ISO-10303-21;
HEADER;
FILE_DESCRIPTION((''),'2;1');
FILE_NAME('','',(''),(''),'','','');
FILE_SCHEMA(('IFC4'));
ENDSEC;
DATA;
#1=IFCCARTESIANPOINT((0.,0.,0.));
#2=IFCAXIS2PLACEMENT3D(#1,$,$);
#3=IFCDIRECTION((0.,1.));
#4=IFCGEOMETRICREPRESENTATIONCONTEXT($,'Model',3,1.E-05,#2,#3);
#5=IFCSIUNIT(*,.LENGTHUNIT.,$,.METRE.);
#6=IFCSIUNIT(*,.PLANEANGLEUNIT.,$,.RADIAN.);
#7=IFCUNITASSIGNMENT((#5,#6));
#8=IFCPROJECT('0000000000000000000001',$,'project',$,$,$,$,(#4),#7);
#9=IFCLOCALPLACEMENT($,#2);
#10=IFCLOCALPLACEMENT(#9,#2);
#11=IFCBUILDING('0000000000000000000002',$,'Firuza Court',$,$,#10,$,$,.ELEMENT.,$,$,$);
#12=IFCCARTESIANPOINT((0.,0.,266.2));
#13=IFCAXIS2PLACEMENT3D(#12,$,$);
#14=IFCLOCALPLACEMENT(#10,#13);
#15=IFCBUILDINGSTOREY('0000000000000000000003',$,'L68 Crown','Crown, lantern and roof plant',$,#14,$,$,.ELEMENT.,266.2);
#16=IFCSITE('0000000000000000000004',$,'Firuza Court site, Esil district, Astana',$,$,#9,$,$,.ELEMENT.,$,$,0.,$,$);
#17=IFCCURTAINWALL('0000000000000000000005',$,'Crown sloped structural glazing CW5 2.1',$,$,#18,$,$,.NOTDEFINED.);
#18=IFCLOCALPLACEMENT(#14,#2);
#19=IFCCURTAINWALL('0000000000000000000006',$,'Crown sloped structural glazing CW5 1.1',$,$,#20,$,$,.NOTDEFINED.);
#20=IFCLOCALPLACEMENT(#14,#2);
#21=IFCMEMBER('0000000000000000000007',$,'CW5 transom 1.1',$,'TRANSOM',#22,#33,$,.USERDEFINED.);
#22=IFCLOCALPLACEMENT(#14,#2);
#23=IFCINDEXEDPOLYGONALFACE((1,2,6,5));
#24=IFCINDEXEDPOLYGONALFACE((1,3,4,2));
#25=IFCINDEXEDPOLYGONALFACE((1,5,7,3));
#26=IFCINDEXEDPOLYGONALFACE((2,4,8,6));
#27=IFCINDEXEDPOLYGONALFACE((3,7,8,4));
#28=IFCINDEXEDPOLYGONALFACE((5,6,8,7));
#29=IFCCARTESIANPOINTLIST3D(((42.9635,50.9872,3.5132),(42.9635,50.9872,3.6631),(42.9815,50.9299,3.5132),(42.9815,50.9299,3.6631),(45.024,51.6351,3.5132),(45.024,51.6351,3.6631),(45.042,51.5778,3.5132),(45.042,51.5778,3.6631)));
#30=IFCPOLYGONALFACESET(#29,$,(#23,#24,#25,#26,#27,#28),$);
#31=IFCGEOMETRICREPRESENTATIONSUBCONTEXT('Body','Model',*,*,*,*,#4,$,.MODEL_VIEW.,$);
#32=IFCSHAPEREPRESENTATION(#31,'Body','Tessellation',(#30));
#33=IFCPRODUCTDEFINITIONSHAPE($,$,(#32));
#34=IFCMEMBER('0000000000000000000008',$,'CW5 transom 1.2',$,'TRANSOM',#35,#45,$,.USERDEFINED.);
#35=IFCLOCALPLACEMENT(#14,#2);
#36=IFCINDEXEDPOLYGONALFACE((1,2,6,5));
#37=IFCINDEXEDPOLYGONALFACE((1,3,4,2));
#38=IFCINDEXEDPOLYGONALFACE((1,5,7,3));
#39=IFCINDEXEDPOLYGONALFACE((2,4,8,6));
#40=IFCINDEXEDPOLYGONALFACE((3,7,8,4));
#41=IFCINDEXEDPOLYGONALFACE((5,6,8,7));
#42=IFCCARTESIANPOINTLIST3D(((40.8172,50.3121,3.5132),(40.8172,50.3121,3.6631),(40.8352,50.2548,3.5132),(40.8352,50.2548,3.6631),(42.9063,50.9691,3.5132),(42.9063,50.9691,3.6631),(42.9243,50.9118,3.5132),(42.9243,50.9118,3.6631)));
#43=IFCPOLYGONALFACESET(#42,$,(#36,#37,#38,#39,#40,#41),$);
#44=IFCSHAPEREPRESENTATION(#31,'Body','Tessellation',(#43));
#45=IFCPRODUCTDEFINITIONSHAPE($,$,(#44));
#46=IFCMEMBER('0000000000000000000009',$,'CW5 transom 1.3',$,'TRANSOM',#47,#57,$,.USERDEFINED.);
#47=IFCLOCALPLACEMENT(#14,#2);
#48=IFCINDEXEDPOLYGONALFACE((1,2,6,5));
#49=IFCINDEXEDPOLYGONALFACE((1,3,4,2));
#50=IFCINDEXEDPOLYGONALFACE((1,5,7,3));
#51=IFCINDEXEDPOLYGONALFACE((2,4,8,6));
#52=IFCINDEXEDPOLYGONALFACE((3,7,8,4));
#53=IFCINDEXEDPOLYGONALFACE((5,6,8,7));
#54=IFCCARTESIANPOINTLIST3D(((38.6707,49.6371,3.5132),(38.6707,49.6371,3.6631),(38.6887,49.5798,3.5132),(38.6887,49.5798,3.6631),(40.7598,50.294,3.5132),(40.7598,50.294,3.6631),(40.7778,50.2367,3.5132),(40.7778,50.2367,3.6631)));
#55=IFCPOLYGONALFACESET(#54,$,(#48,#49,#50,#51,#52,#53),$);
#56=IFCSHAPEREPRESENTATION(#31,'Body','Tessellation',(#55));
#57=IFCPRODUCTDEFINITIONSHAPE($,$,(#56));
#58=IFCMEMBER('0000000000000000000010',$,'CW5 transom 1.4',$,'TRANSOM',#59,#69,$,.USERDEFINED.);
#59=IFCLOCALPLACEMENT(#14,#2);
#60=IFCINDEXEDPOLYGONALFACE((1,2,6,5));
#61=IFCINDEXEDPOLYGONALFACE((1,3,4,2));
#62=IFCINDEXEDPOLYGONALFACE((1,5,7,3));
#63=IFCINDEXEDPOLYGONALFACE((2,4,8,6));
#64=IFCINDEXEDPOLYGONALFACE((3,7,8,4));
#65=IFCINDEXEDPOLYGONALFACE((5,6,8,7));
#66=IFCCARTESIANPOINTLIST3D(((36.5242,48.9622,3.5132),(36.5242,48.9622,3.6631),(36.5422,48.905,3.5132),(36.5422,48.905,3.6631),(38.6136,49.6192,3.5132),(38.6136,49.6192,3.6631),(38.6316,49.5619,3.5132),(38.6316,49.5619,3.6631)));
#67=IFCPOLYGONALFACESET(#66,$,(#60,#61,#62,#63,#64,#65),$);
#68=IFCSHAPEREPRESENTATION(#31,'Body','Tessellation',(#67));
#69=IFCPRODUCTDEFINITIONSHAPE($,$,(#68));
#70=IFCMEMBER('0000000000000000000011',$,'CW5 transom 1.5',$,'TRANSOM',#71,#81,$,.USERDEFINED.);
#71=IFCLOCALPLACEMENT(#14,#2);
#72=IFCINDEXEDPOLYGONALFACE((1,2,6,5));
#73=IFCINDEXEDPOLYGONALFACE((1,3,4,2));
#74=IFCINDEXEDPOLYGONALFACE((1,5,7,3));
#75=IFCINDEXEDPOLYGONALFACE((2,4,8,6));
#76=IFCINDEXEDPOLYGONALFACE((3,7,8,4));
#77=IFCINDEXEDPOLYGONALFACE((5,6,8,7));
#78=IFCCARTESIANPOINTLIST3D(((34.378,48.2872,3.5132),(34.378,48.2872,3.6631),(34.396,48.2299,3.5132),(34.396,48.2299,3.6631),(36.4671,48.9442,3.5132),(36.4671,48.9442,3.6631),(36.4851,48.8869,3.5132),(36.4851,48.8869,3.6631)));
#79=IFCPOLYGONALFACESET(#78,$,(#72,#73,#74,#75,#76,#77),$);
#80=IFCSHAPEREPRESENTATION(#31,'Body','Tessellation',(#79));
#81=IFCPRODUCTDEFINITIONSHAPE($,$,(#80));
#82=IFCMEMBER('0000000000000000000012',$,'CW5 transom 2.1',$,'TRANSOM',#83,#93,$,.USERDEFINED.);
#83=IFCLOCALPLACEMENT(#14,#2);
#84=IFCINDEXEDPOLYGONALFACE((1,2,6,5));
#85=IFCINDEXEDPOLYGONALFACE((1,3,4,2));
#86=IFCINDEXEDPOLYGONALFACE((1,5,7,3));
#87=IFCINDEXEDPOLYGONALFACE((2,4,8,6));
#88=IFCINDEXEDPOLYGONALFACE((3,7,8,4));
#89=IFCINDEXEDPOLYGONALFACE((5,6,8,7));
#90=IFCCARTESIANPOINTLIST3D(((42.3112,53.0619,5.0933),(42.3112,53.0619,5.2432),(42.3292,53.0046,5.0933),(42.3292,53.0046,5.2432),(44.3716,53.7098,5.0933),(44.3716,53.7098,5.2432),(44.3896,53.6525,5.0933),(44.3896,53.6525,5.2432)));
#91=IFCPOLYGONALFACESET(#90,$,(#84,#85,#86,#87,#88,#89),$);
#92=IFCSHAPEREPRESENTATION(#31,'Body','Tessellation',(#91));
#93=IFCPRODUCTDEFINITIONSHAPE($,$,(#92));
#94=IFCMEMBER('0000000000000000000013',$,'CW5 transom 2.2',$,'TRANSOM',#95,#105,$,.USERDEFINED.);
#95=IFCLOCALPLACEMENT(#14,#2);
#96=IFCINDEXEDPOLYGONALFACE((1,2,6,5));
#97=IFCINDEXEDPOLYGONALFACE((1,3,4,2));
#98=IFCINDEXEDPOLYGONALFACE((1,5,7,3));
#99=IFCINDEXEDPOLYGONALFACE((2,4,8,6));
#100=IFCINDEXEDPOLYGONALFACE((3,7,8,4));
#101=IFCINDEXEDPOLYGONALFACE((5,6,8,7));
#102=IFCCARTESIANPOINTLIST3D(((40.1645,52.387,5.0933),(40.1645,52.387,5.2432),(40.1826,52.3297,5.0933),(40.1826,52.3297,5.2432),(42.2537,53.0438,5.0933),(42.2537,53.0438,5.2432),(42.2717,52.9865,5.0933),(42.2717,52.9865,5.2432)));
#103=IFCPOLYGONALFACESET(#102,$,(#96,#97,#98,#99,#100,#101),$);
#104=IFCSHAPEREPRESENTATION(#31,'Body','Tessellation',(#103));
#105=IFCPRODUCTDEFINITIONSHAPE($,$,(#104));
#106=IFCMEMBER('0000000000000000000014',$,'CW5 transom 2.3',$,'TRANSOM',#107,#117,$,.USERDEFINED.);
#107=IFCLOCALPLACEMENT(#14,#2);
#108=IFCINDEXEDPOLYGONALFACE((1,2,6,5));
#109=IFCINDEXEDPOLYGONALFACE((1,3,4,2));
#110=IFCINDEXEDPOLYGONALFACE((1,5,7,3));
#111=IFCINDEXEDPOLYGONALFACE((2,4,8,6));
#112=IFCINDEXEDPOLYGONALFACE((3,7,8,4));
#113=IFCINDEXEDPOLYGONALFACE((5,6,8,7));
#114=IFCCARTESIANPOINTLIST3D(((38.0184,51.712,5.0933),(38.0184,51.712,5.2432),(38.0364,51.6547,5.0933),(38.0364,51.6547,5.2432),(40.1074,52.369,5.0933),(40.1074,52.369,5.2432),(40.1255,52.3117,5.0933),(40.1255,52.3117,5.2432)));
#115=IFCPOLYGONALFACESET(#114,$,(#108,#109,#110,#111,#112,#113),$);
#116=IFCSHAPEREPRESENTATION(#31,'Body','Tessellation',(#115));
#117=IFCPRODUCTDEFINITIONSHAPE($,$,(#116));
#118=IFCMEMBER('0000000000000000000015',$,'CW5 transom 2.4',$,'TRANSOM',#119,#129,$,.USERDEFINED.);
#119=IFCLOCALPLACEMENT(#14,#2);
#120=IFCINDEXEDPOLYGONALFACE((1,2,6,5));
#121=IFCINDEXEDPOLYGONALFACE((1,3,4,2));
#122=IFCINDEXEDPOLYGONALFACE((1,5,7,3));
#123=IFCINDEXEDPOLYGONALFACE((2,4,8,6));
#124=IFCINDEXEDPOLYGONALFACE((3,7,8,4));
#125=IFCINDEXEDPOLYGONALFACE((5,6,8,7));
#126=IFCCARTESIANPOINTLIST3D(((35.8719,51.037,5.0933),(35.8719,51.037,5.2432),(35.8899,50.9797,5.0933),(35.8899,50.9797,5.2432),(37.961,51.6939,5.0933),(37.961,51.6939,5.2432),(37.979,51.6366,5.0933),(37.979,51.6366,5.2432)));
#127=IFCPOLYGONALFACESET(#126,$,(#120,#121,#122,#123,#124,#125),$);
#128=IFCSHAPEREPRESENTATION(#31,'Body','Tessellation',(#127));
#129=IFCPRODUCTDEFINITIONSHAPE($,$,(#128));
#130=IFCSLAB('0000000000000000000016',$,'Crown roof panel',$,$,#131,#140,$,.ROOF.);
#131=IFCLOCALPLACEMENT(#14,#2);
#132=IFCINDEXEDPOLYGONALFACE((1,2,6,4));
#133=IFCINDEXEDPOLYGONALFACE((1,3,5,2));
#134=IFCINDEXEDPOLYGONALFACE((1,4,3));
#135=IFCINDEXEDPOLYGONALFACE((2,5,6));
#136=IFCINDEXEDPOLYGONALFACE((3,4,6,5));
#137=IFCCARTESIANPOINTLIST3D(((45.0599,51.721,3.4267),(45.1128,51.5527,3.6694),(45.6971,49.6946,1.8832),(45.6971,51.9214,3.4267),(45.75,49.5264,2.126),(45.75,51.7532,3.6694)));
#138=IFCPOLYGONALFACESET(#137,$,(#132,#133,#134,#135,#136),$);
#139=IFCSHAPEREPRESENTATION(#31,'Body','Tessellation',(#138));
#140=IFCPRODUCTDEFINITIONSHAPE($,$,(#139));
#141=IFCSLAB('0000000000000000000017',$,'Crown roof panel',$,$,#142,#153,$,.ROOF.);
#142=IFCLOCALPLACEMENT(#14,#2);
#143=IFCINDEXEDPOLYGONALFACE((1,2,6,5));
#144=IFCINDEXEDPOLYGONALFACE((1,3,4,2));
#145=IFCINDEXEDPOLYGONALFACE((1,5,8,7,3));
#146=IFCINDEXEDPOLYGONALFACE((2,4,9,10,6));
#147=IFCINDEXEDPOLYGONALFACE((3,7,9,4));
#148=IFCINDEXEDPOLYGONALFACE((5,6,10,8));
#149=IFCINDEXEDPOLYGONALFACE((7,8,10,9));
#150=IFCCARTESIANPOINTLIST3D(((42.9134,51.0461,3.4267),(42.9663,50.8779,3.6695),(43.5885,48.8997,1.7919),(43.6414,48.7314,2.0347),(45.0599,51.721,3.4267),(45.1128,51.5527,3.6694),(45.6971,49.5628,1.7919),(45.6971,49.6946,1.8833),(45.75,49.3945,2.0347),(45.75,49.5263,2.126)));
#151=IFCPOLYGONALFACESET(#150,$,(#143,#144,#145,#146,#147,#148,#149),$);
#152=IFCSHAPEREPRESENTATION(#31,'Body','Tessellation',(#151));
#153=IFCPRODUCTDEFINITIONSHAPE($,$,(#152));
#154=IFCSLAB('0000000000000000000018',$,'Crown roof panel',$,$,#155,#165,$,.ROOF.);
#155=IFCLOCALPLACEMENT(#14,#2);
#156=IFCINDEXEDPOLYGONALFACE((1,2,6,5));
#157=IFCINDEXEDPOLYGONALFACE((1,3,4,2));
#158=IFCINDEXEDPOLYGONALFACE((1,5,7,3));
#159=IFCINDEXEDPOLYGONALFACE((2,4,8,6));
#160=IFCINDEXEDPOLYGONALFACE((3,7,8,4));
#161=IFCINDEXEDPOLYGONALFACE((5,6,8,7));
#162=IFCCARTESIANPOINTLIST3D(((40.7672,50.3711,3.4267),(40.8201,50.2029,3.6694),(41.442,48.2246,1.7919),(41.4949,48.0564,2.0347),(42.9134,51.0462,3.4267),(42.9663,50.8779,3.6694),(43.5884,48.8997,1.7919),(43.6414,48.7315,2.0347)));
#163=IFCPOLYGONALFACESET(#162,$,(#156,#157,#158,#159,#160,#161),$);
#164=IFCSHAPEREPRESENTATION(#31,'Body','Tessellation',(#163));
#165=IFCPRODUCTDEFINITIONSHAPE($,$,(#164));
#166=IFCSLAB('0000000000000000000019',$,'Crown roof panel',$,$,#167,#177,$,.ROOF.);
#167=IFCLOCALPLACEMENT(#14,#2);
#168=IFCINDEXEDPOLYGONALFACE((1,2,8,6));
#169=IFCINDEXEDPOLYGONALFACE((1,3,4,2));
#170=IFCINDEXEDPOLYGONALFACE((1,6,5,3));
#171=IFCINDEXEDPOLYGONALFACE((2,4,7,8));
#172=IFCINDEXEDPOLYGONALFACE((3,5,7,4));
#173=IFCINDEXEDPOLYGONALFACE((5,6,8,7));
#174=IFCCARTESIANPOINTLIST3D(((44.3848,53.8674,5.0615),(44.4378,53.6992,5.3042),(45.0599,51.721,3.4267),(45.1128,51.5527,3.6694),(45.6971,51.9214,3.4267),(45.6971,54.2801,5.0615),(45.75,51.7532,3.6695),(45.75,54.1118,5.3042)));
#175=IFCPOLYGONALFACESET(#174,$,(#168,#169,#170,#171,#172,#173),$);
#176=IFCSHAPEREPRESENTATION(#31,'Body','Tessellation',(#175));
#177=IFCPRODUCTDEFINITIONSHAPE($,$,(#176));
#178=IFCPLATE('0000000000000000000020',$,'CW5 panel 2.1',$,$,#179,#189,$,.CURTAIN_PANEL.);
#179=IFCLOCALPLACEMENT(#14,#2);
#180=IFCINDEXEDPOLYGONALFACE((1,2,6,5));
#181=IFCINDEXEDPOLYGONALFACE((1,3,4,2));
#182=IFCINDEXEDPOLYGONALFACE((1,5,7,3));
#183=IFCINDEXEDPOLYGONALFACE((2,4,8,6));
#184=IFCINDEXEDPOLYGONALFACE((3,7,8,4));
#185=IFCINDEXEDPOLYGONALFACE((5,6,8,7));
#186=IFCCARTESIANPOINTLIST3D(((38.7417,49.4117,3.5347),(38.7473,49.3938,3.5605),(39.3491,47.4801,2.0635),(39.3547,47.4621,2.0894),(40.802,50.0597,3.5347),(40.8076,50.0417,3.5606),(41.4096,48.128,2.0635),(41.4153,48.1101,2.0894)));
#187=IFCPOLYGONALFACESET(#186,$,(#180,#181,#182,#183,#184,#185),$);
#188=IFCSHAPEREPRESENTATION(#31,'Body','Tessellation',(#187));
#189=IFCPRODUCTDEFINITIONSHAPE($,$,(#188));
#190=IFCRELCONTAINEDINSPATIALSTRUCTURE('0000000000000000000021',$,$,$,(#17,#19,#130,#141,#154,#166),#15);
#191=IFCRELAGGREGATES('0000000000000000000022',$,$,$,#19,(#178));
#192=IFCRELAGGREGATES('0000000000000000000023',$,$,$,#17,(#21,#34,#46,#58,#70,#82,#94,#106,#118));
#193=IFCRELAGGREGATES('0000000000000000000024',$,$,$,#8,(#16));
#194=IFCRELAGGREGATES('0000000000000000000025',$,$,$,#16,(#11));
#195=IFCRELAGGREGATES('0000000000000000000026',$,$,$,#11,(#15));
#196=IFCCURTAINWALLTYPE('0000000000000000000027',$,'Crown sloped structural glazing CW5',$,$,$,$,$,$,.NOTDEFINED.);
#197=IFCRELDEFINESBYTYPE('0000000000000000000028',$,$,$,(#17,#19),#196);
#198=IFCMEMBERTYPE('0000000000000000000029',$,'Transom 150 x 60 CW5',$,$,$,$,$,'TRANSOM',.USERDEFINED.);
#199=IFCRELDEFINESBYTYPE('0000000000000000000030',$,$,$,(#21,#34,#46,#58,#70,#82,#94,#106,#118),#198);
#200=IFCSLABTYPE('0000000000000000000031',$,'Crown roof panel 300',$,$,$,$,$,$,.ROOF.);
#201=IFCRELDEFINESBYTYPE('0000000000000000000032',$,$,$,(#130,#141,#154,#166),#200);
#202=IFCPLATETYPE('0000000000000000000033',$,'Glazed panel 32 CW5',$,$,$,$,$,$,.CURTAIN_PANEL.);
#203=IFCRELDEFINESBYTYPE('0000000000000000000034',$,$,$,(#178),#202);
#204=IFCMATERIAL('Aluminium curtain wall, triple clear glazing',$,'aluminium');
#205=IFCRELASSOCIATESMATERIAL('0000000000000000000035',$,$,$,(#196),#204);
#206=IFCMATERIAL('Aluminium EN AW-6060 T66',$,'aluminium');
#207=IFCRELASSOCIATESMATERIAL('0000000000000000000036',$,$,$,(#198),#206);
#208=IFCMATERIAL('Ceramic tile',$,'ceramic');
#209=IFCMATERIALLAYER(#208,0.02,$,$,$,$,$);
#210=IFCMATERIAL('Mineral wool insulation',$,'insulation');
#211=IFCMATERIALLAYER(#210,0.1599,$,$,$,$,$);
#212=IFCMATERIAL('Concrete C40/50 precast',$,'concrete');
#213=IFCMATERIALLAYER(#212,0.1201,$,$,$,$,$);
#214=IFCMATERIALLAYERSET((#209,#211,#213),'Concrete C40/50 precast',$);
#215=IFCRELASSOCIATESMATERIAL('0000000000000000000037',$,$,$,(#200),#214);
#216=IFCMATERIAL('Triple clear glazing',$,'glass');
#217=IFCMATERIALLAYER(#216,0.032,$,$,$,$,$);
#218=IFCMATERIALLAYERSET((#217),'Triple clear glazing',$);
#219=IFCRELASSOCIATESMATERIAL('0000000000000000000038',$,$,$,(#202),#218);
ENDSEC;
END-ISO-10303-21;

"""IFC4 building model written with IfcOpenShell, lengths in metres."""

from ifc_helpers import new_model, si_unit, direction, frame, origin, origin_2d, place, context, subcontext, project, spatial, polyline, rectangle, outline, extrude, material, layer, layer_set, material_profile, profile_set, type_object, element, aggregate, save


model = new_model("IFC4")

# Units and contexts
model_context = context("Model", 3, precision=1e-05, world=origin(), true_north=direction((0.0, 1.0)))
body_context = subcontext(model_context, "Body", "Model", "MODEL_VIEW")
ifc_project = project(units=[si_unit("LENGTHUNIT", "METRE"), si_unit("PLANEANGLEUNIT", "RADIAN")], contexts=[model_context])

# Site, building, storey
site_placement = place(None, origin())
site = spatial("IfcSite", under=ifc_project, at=site_placement, Name="Firuza Court site, Esil district, Astana", CompositionType="ELEMENT", RefElevation=0.0)
building_placement = place(site_placement, origin())
building = spatial("IfcBuilding", under=site, at=building_placement, Name="Firuza Court", CompositionType="ELEMENT")
storey_placement = place(building_placement, frame((0.0, 0.0, 266.2)))
storey = spatial("IfcBuildingStorey", under=building, at=storey_placement, Name="L68 Crown", Description="Crown, lantern and roof plant", CompositionType="ELEMENT", Elevation=266.2)

# Curtain walls
ifc_material_1 = material(Name="Aluminium curtain wall, triple clear glazing", Category="aluminium")
curtain_wall_type = type_object("IfcCurtainWallType", Name="Crown sloped structural glazing CW5", PredefinedType="NOTDEFINED", material=ifc_material_1)
curtain_wall_1_placement = place(storey_placement, origin())
curtain_wall_1 = element("IfcCurtainWall", 1, at=curtain_wall_1_placement, inside=storey, type_object=curtain_wall_type, Name="Crown sloped structural glazing CW5 2.1", PredefinedType="NOTDEFINED")
curtain_wall_2_placement = place(storey_placement, origin())
curtain_wall_2 = element("IfcCurtainWall", 2, at=curtain_wall_2_placement, inside=storey, type_object=curtain_wall_type, Name="Crown sloped structural glazing CW5 1.1", PredefinedType="NOTDEFINED")
ifc_material_2 = material(Name="Aluminium EN AW-6060 T66", Category="aluminium")
ifc_material_profile_1 = material_profile(ifc_material_2, rectangle(XDim=0.0601, YDim=0.1499, at=origin_2d()), Name="Transom 150 x 60 CW5")
ifc_profile_set_1 = profile_set([ifc_material_profile_1], Name="Aluminium EN AW-6060 T66")
member_type_1 = type_object("IfcMemberType", Name="Transom 150 x 60 CW5", ElementType="TRANSOM", PredefinedType="USERDEFINED", material=ifc_profile_set_1)

# Members
member_1_placement = place(storey_placement, frame((45.033, 51.6064, 3.5881), z_axis=(-0.953948, -0.299974, 0.0), x_axis=(0.299974, -0.953948, 0.0)))
member_1 = element("IfcMember", 3, at=member_1_placement, type_object=member_type_1, Name="CW5 transom 1.1", ObjectType="TRANSOM", PredefinedType="USERDEFINED", context=body_context, shape_type="SweptSolid", body=[
    extrude(rectangle(XDim=0.0601, YDim=0.1499, at=origin_2d()), origin(), (0.0, 0.0, 1.0), 2.1599),
])
member_2_placement = place(storey_placement, frame((42.9153, 50.9404, 3.5881), z_axis=(-0.953941, -0.299995, 0.0), x_axis=(0.299995, -0.953941, 0.0)))
member_2 = element("IfcMember", 4, at=member_2_placement, type_object=member_type_1, Name="CW5 transom 1.2", ObjectType="TRANSOM", PredefinedType="USERDEFINED", context=body_context, shape_type="SweptSolid", body=[
    extrude(rectangle(XDim=0.0601, YDim=0.1499, at=origin_2d()), origin(), (0.0, 0.0, 1.0), 2.1899),
])
member_3_placement = place(storey_placement, frame((40.7688, 50.2654, 3.5881), z_axis=(-0.953941, -0.299995, 0.0), x_axis=(0.299995, -0.953941, 0.0)))
member_3 = element("IfcMember", 5, at=member_3_placement, type_object=member_type_1, Name="CW5 transom 1.3", ObjectType="TRANSOM", PredefinedType="USERDEFINED", context=body_context, shape_type="SweptSolid", body=[
    extrude(rectangle(XDim=0.0601, YDim=0.1499, at=origin_2d()), origin(), (0.0, 0.0, 1.0), 2.1899),
])
member_4_placement = place(storey_placement, frame((38.6226, 49.5906, 3.5881), z_axis=(-0.953951, -0.299963, 0.0), x_axis=(0.299963, -0.953951, 0.0)))
member_4 = element("IfcMember", 6, at=member_4_placement, type_object=member_type_1, Name="CW5 transom 1.4", ObjectType="TRANSOM", PredefinedType="USERDEFINED", context=body_context, shape_type="SweptSolid", body=[
    extrude(rectangle(XDim=0.0601, YDim=0.1499, at=origin_2d()), origin(), (0.0, 0.0, 1.0), 2.1902),
])
member_5_placement = place(storey_placement, frame((36.4761, 48.9155, 3.5881), z_axis=(-0.953941, -0.299995, 0.0), x_axis=(0.299995, -0.953941, 0.0)))
member_5 = element("IfcMember", 7, at=member_5_placement, type_object=member_type_1, Name="CW5 transom 1.5", ObjectType="TRANSOM", PredefinedType="USERDEFINED", context=body_context, shape_type="SweptSolid", body=[
    extrude(rectangle(XDim=0.0601, YDim=0.1499, at=origin_2d()), origin(), (0.0, 0.0, 1.0), 2.1899),
])
member_6_placement = place(storey_placement, frame((44.3806, 53.6812, 5.1682), z_axis=(-0.953948, -0.299974, 0.0), x_axis=(0.299974, -0.953948, 0.0)))
member_6 = element("IfcMember", 8, at=member_6_placement, type_object=member_type_1, Name="CW5 transom 2.1", ObjectType="TRANSOM", PredefinedType="USERDEFINED", context=body_context, shape_type="SweptSolid", body=[
    extrude(rectangle(XDim=0.0601, YDim=0.1499, at=origin_2d()), origin(), (0.0, 0.0, 1.0), 2.1599),
])
member_7_placement = place(storey_placement, frame((42.2627, 53.0151, 5.1682), z_axis=(-0.953973, -0.299893, 0.0), x_axis=(0.299893, -0.953973, 0.0)))
member_7 = element("IfcMember", 9, at=member_7_placement, type_object=member_type_1, Name="CW5 transom 2.2", ObjectType="TRANSOM", PredefinedType="USERDEFINED", context=body_context, shape_type="SweptSolid", body=[
    extrude(rectangle(XDim=0.0601, YDim=0.1499, at=origin_2d()), origin(), (0.0, 0.0, 1.0), 2.1899),
])
member_8_placement = place(storey_placement, frame((40.1165, 52.3403, 5.1682), z_axis=(-0.953941, -0.299995, 0.0), x_axis=(0.299995, -0.953941, 0.0)))
member_8 = element("IfcMember", 10, at=member_8_placement, type_object=member_type_1, Name="CW5 transom 2.3", ObjectType="TRANSOM", PredefinedType="USERDEFINED", context=body_context, shape_type="SweptSolid", body=[
    extrude(rectangle(XDim=0.0601, YDim=0.1499, at=origin_2d()), origin(), (0.0, 0.0, 1.0), 2.1899),
])
member_9_placement = place(storey_placement, frame((37.97, 51.6653, 5.1682), z_axis=(-0.953941, -0.299995, 0.0), x_axis=(0.299995, -0.953941, 0.0)))
member_9 = element("IfcMember", 11, at=member_9_placement, type_object=member_type_1, Name="CW5 transom 2.4", ObjectType="TRANSOM", PredefinedType="USERDEFINED", context=body_context, shape_type="SweptSolid", body=[
    extrude(rectangle(XDim=0.0601, YDim=0.1499, at=origin_2d()), origin(), (0.0, 0.0, 1.0), 2.1899),
])

# Slabs
ifc_material_3 = material(Name="Ceramic tile", Category="ceramic")
ifc_layer_1 = layer(ifc_material_3, 0.02)
ifc_material_4 = material(Name="Mineral wool insulation", Category="insulation")
ifc_layer_2 = layer(ifc_material_4, 0.1599)
ifc_material_5 = material(Name="Concrete C40/50 precast", Category="concrete")
ifc_layer_3 = layer(ifc_material_5, 0.1201)
ifc_layer_set_1 = layer_set([ifc_layer_1, ifc_layer_2, ifc_layer_3], Name="Concrete C40/50 precast")
slab_type = type_object("IfcSlabType", Name="Crown roof panel 300", PredefinedType="ROOF", material=ifc_layer_set_1)
slab_1_placement = place(storey_placement, frame((45.1128, 51.5527, 3.6694), z_axis=(0.176384, -0.560733, 0.808992), x_axis=(0.953919, 0.300064, 0.0)))
element("IfcSlab", 12, at=slab_1_placement, inside=storey, type_object=slab_type, Name="Crown roof panel", PredefinedType="ROOF", context=body_context, shape_type="SweptSolid", body=[
    extrude(outline(polyline([(0.0, 0.0), (0.668, 0.0), (-0.0002, -2.6257), (0.0, 0.0)])), origin(), (0.0, 0.0, -1.0), 0.3),
])
slab_2_placement = place(storey_placement, frame((43.6414, 48.7314, 2.0347), z_axis=(0.176314, -0.560721, 0.809015), x_axis=(-0.242708, 0.77175, 0.587788)))
element("IfcSlab", 13, at=slab_2_placement, inside=storey, type_object=slab_type, Name="Crown roof panel", PredefinedType="ROOF", context=body_context, shape_type="SweptSolid", body=[
    extrude(outline(polyline([(0.0, 0.0), (2.7813, 0.0), (2.7811, -2.2501), (0.1554, -2.25), (0.0, -2.2104), (0.0, 0.0)])), origin(), (0.0, 0.0, -1.0), 0.3),
])
slab_3_placement = place(storey_placement, frame((41.4949, 48.0564, 2.0347), z_axis=(0.176346, -0.560703, 0.809021), x_axis=(-0.24263, 0.771781, 0.58778)))
element("IfcSlab", 14, at=slab_3_placement, inside=storey, type_object=slab_type, Name="Crown roof panel", PredefinedType="ROOF", context=body_context, shape_type="SweptSolid", body=[
    extrude(outline(polyline([(0.0, 0.0), (2.7812, 0.0), (2.7815, -2.2499), (0.0002, -2.2501), (0.0, 0.0)])), origin(), (0.0, 0.0, -1.0), 0.3),
])
slab_4_placement = place(storey_placement, frame((45.1128, 51.5527, 3.6694), z_axis=(0.176324, -0.560713, 0.809018), x_axis=(-0.242709, 0.771753, 0.587783)))
element("IfcSlab", 15, at=slab_4_placement, inside=storey, type_object=slab_type, Name="Crown roof panel", PredefinedType="ROOF", context=body_context, shape_type="SweptSolid", body=[
    extrude(outline(polyline([(0.0, 0.0), (2.7813, 0.0), (2.7812, -1.3756), (0.0, -0.668), (0.0, 0.0)])), origin(), (0.0, 0.0, -1.0), 0.3),
])

# Plate
ifc_material_6 = material(Name="Triple clear glazing", Category="glass")
ifc_layer_4 = layer(ifc_material_6, 0.032)
ifc_layer_set_2 = layer_set([ifc_layer_4], Name="Triple clear glazing")
plate_type = type_object("IfcPlateType", Name="Glazed panel 32 CW5", PredefinedType="CURTAIN_PANEL", material=ifc_layer_set_2)
plate_1_placement = place(storey_placement, frame((41.4153, 48.1101, 2.0894), z_axis=(0.176329, -0.560712, 0.809018), x_axis=(-0.953946, -0.299979, 0.000008)))
plate_1 = element("IfcPlate", 16, at=plate_1_placement, type_object=plate_type, Name="CW5 panel 2.1", PredefinedType="CURTAIN_PANEL", context=body_context, shape_type="SweptSolid", body=[
    extrude(outline(polyline([(0.0, 0.0), (2.16, 0.0), (2.16, -2.5029), (0.0002, -2.503), (0.0, 0.0)])), origin(), (0.0, 0.0, -1.0), 0.032),
])
aggregate(curtain_wall_2, [plate_1])
aggregate(curtain_wall_1, [member_1, member_2, member_3, member_4, member_5, member_6, member_7, member_8, member_9])

save(model, "model.ifc")
